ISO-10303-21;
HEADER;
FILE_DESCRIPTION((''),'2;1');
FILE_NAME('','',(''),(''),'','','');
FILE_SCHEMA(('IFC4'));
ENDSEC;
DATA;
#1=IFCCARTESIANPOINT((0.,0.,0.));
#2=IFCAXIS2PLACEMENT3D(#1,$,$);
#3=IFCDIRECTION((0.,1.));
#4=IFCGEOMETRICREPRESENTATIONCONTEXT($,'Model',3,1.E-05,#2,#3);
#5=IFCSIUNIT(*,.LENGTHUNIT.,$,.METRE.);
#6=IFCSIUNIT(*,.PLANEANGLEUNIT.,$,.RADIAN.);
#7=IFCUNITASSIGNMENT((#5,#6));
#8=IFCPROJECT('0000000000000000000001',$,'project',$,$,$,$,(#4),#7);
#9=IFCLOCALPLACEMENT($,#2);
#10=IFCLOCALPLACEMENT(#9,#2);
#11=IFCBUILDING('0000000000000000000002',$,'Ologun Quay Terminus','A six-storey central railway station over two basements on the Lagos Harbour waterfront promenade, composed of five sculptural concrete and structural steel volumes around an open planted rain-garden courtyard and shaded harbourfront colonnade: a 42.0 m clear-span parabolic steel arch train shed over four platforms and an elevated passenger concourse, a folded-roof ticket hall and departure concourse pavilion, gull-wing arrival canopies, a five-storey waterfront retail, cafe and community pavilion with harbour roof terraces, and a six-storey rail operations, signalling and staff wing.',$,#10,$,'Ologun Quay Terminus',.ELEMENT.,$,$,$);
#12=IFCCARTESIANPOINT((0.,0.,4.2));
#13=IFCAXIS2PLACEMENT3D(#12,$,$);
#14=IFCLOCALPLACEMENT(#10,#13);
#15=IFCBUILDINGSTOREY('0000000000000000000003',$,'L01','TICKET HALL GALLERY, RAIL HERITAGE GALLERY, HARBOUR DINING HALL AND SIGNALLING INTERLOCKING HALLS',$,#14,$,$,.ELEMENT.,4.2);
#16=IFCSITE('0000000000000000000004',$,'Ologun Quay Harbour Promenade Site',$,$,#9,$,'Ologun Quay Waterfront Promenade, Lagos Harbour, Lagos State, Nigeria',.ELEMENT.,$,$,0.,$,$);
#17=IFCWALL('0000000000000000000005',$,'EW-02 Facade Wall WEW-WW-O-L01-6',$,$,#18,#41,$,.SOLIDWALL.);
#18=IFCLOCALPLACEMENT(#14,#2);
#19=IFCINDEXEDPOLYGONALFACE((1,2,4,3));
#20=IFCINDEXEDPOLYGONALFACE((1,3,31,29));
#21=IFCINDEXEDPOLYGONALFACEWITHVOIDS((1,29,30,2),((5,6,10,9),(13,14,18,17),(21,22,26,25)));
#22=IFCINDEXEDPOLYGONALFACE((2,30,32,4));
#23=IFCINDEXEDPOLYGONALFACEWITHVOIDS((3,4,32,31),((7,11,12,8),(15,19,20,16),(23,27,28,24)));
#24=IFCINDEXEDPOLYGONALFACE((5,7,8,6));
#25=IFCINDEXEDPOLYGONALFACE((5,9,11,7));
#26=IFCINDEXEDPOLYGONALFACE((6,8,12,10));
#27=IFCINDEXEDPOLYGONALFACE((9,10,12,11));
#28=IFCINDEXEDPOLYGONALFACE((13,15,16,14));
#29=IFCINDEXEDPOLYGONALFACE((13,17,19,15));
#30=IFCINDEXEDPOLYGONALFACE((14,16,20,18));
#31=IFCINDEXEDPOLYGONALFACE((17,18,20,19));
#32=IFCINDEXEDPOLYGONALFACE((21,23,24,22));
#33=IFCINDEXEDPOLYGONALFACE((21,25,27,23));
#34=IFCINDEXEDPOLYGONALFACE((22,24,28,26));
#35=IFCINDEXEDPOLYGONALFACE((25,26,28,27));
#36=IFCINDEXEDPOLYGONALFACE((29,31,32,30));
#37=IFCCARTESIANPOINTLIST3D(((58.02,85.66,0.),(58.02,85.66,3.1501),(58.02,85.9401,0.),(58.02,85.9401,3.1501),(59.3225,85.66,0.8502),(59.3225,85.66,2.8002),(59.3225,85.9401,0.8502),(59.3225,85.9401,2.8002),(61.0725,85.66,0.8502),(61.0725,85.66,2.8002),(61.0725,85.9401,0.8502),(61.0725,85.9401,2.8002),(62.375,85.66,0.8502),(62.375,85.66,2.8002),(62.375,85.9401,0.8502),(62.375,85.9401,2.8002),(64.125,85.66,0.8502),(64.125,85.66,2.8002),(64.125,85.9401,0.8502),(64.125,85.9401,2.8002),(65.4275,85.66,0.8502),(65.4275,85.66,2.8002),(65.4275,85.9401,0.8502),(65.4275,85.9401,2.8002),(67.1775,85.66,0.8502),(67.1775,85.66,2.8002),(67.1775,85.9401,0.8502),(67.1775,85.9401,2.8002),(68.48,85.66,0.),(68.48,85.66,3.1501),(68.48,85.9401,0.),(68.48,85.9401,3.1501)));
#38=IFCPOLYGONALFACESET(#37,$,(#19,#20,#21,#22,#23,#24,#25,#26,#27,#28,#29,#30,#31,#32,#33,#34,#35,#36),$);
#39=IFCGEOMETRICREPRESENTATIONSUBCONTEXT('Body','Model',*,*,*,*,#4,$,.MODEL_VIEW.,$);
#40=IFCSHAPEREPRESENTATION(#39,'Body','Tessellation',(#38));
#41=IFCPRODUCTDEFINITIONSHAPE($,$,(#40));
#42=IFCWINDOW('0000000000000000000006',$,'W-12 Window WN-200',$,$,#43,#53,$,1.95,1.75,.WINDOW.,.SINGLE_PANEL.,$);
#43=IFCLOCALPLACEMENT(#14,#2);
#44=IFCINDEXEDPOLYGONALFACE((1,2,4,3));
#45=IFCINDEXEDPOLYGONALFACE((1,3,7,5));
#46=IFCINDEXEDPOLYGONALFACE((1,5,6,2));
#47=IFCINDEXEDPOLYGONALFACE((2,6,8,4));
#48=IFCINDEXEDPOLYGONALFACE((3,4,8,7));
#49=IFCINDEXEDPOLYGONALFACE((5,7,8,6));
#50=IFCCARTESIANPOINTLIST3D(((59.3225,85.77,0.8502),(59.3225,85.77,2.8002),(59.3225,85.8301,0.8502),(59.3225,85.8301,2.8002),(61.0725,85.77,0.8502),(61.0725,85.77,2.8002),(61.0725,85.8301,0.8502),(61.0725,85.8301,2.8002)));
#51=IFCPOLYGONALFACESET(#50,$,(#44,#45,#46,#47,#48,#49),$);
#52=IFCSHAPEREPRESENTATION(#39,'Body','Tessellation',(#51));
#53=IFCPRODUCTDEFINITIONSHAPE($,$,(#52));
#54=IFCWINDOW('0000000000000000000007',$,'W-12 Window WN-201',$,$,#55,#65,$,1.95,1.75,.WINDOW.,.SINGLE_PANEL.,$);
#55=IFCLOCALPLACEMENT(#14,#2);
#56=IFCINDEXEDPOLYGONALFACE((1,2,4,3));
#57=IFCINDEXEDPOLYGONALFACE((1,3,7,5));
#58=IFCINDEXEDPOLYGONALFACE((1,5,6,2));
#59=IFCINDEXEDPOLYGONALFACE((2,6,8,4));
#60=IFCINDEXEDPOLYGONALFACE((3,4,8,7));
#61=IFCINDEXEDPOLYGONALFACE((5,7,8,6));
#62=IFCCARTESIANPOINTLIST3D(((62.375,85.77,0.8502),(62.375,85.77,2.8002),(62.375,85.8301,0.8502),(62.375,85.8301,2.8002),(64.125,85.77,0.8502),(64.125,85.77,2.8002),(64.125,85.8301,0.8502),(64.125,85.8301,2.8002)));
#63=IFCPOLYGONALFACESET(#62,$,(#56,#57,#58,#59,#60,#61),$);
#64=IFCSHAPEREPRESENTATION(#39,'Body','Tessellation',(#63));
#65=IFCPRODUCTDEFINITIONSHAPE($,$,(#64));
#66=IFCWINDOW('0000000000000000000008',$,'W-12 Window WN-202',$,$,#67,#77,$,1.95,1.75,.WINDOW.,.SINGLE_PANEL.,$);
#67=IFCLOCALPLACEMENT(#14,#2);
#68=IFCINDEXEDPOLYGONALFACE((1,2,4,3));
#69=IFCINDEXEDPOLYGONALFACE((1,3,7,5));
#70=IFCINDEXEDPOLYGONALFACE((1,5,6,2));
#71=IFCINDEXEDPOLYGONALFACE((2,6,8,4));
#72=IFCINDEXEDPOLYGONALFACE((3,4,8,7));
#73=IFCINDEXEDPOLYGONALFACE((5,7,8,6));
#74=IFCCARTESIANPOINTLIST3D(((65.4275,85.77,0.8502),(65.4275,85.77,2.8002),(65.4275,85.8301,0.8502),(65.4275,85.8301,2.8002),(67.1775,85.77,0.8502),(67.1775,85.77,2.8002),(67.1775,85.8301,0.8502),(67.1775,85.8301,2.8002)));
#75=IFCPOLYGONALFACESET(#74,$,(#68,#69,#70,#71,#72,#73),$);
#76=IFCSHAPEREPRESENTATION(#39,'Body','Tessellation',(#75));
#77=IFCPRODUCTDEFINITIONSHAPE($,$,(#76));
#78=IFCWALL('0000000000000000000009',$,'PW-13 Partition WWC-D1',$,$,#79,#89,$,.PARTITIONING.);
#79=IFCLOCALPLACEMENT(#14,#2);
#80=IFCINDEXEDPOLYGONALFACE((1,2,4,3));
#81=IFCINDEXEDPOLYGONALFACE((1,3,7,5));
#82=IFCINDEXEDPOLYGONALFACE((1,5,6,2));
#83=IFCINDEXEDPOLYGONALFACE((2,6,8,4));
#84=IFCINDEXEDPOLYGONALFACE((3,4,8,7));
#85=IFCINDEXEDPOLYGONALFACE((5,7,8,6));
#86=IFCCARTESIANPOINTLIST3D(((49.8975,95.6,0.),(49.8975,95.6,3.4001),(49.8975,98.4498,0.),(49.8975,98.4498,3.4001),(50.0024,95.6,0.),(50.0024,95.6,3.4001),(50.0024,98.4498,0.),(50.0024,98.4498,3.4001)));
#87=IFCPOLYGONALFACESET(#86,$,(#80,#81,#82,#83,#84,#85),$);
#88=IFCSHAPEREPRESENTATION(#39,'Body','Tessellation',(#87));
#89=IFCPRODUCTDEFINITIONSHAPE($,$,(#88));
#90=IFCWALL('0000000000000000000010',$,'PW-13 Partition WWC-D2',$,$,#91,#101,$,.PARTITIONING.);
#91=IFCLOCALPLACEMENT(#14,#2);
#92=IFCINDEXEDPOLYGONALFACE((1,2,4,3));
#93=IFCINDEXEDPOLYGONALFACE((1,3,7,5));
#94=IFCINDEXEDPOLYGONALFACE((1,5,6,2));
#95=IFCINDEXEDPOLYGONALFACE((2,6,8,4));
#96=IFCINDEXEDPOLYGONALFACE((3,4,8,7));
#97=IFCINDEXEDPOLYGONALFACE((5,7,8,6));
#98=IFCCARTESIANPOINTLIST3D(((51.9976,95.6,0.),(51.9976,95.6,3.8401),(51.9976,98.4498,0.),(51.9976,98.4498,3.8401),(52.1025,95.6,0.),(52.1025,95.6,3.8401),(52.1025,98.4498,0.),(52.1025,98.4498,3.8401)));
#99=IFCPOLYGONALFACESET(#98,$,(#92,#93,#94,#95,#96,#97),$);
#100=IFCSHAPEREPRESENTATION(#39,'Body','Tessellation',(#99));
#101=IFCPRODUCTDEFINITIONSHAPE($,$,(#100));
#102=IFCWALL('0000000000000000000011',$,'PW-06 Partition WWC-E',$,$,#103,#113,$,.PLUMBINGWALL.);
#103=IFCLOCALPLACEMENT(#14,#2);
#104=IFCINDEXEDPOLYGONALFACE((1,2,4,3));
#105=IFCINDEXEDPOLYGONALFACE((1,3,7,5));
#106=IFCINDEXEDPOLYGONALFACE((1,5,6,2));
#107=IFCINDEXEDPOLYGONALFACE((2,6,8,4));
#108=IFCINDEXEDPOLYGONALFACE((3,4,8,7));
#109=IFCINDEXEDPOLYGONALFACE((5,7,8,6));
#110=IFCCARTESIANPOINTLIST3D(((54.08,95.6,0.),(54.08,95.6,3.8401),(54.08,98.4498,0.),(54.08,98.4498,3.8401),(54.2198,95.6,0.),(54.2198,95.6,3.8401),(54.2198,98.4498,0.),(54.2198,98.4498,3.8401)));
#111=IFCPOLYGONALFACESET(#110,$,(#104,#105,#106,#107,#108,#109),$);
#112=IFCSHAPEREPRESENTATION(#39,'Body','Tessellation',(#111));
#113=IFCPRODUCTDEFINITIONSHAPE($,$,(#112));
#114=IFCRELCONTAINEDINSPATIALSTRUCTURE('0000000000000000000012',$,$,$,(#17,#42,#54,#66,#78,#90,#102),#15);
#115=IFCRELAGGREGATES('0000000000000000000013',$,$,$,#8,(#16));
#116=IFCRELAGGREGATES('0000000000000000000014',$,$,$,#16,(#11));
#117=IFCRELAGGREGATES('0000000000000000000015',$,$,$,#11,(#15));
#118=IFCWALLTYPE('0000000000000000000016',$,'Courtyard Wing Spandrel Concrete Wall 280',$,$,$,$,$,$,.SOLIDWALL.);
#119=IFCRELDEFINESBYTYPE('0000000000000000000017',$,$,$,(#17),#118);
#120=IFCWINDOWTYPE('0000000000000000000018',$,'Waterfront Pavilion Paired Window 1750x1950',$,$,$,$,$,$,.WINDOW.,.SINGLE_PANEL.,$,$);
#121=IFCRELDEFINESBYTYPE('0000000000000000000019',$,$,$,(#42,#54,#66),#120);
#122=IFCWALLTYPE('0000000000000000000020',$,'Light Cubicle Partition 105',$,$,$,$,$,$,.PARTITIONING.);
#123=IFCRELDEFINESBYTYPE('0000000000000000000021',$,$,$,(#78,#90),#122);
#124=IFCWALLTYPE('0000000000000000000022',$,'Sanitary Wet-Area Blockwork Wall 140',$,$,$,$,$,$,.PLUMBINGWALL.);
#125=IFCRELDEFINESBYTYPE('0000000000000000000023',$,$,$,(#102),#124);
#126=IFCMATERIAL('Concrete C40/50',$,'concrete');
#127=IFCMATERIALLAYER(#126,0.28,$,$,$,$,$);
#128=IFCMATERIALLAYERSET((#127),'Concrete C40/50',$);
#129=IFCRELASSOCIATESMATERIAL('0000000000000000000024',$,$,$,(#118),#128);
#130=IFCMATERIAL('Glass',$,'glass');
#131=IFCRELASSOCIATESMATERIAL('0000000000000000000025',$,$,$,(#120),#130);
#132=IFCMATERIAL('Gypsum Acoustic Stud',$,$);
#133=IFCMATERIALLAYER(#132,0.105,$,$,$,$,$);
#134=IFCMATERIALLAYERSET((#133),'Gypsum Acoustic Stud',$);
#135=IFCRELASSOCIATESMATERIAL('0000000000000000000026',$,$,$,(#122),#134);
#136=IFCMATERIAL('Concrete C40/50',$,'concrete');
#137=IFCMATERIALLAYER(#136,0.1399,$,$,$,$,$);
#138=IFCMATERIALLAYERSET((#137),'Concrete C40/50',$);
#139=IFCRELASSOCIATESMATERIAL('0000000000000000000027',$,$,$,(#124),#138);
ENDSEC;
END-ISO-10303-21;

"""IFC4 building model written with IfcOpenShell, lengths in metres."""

from ifc_helpers import new_model, si_unit, direction, frame, frame_2d, origin, place, context, subcontext, project, spatial, rectangle, extrude, material, layer, layer_set, type_object, element, fill, save


model = new_model("IFC4")

# Units and contexts
model_context = context("Model", 3, precision=1e-05, world=origin(), true_north=direction((0.0, 1.0)))
body_context = subcontext(model_context, "Body", "Model", "MODEL_VIEW")
ifc_project = project(units=[si_unit("LENGTHUNIT", "METRE"), si_unit("PLANEANGLEUNIT", "RADIAN")], contexts=[model_context])

# Site, building, storey
site_placement = place(None, origin())
site = spatial("IfcSite", under=ifc_project, at=site_placement, Name="Ologun Quay Harbour Promenade Site", LongName="Ologun Quay Waterfront Promenade, Lagos Harbour, Lagos State, Nigeria", CompositionType="ELEMENT", RefElevation=0.0)
building_placement = place(site_placement, origin())
building = spatial("IfcBuilding", under=site, at=building_placement, Name="Ologun Quay Terminus", Description="A six-storey central railway station over two basements on the Lagos Harbour waterfront promenade, composed of five sculptural concrete and structural steel volumes around an open planted rain-garden courtyard and shaded harbourfront colonnade: a 42.0 m clear-span parabolic steel arch train shed over four platforms and an elevated passenger concourse, a folded-roof ticket hall and departure concourse pavilion, gull-wing arrival canopies, a five-storey waterfront retail, cafe and community pavilion with harbour roof terraces, and a six-storey rail operations, signalling and staff wing.", LongName="Ologun Quay Terminus", CompositionType="ELEMENT")
storey_placement = place(building_placement, frame((0.0, 0.0, 4.2)))
storey = spatial("IfcBuildingStorey", under=building, at=storey_placement, Name="L01", Description="TICKET HALL GALLERY, RAIL HERITAGE GALLERY, HARBOUR DINING HALL AND SIGNALLING INTERLOCKING HALLS", CompositionType="ELEMENT", Elevation=4.2)

# Wall, openings, windows
ifc_material_1 = material(Name="Concrete C40/50", Category="concrete")
ifc_layer_1 = layer(ifc_material_1, 0.28)
ifc_layer_set_1 = layer_set([ifc_layer_1], Name="Concrete C40/50")
wall_type_1 = type_object("IfcWallType", Name="Courtyard Wing Spandrel Concrete Wall 280", PredefinedType="SOLIDWALL", material=ifc_layer_set_1)
wall_1_placement = place(storey_placement, frame((58.02, 85.8, 0.0), z_axis=(0.0, 0.0, 1.0), x_axis=(1.0, 0.0, 0.0)))
wall_1 = element("IfcWall", 1, at=wall_1_placement, inside=storey, type_object=wall_type_1, Name="EW-02 Facade Wall WEW-WW-O-L01-6", PredefinedType="SOLIDWALL", context=body_context, shape_type="SweptSolid", body=[
    extrude(rectangle(XDim=10.46, YDim=0.28, at=frame_2d((5.23, 0.0))), origin(), (0.0, 0.0, 1.0), 3.1501),
])
opening_1_placement = place(wall_1_placement, frame((1.3025, 0.0, 0.8501)))
opening_1 = element("IfcOpeningElement", 2, at=opening_1_placement, cuts=wall_1, PredefinedType="OPENING", context=body_context, shape_type="SweptSolid", body=[
    extrude(rectangle(XDim=1.75, YDim=1.95, at=frame_2d((0.875, 0.9751))), frame((0.0, 0.1499, 0.0), z_axis=(0.0, -1.0, 0.0), x_axis=(1.0, 0.0, 0.0)), (0.0, 0.0, 1.0), 0.3),
])
opening_2_placement = place(wall_1_placement, frame((4.355, 0.0, 0.8501)))
opening_2 = element("IfcOpeningElement", 3, at=opening_2_placement, cuts=wall_1, PredefinedType="OPENING", context=body_context, shape_type="SweptSolid", body=[
    extrude(rectangle(XDim=1.75, YDim=1.95, at=frame_2d((0.875, 0.9751))), frame((0.0, 0.1499, 0.0), z_axis=(0.0, -1.0, 0.0), x_axis=(1.0, 0.0, 0.0)), (0.0, 0.0, 1.0), 0.3),
])
opening_3_placement = place(wall_1_placement, frame((7.4075, 0.0, 0.8501)))
opening_3 = element("IfcOpeningElement", 4, at=opening_3_placement, cuts=wall_1, PredefinedType="OPENING", context=body_context, shape_type="SweptSolid", body=[
    extrude(rectangle(XDim=1.75, YDim=1.95, at=frame_2d((0.875, 0.9751))), frame((0.0, 0.1499, 0.0), z_axis=(0.0, -1.0, 0.0), x_axis=(1.0, 0.0, 0.0)), (0.0, 0.0, 1.0), 0.3),
])
ifc_material_2 = material(Name="Glass", Category="glass")
window_type = type_object("IfcWindowType", Name="Waterfront Pavilion Paired Window 1750x1950", PartitioningType="SINGLE_PANEL", PredefinedType="WINDOW", material=ifc_material_2)
window_1_placement = place(opening_1_placement, origin())
window_1 = element("IfcWindow", 5, at=window_1_placement, inside=storey, type_object=window_type, Name="W-12 Window WN-200", OverallHeight=1.95, OverallWidth=1.75, PartitioningType="SINGLE_PANEL", PredefinedType="WINDOW", context=body_context, shape_type="SweptSolid", body=[
    extrude(rectangle(XDim=1.75, YDim=1.95, at=frame_2d((0.875, 0.9751))), frame((0.0, 0.03, 0.0), z_axis=(0.0, -1.0, 0.0), x_axis=(1.0, 0.0, 0.0)), (0.0, 0.0, 1.0), 0.0601),
])
fill(opening_1, window_1)
window_2_placement = place(opening_2_placement, origin())
window_2 = element("IfcWindow", 6, at=window_2_placement, inside=storey, type_object=window_type, Name="W-12 Window WN-201", OverallHeight=1.95, OverallWidth=1.75, PartitioningType="SINGLE_PANEL", PredefinedType="WINDOW", context=body_context, shape_type="SweptSolid", body=[
    extrude(rectangle(XDim=1.75, YDim=1.95, at=frame_2d((0.875, 0.9751))), frame((0.0, 0.03, 0.0), z_axis=(0.0, -1.0, 0.0), x_axis=(1.0, 0.0, 0.0)), (0.0, 0.0, 1.0), 0.0601),
])
fill(opening_2, window_2)
window_3_placement = place(opening_3_placement, origin())
window_3 = element("IfcWindow", 7, at=window_3_placement, inside=storey, type_object=window_type, Name="W-12 Window WN-202", OverallHeight=1.95, OverallWidth=1.75, PartitioningType="SINGLE_PANEL", PredefinedType="WINDOW", context=body_context, shape_type="SweptSolid", body=[
    extrude(rectangle(XDim=1.75, YDim=1.95, at=frame_2d((0.875, 0.9751))), frame((0.0, 0.03, 0.0), z_axis=(0.0, -1.0, 0.0), x_axis=(1.0, 0.0, 0.0)), (0.0, 0.0, 1.0), 0.0601),
])
fill(opening_3, window_3)

# Walls
ifc_material_3 = material(Name="Gypsum Acoustic Stud")
ifc_layer_2 = layer(ifc_material_3, 0.105)
ifc_layer_set_2 = layer_set([ifc_layer_2], Name="Gypsum Acoustic Stud")
wall_type_2 = type_object("IfcWallType", Name="Light Cubicle Partition 105", PredefinedType="PARTITIONING", material=ifc_layer_set_2)
wall_2_placement = place(storey_placement, frame((49.95, 95.6001, 0.0), z_axis=(0.0, 0.0, 1.0), x_axis=(0.0, 1.0, 0.0)))
element("IfcWall", 8, at=wall_2_placement, inside=storey, type_object=wall_type_2, Name="PW-13 Partition WWC-D1", PredefinedType="PARTITIONING", context=body_context, shape_type="SweptSolid", body=[
    extrude(rectangle(XDim=2.8499, YDim=0.105, at=frame_2d((1.4248, 0.0))), origin(), (0.0, 0.0, 1.0), 3.4001),
])
wall_3_placement = place(storey_placement, frame((52.05, 95.6001, 0.0), z_axis=(0.0, 0.0, 1.0), x_axis=(0.0, 1.0, 0.0)))
element("IfcWall", 9, at=wall_3_placement, inside=storey, type_object=wall_type_2, Name="PW-13 Partition WWC-D2", PredefinedType="PARTITIONING", context=body_context, shape_type="SweptSolid", body=[
    extrude(rectangle(XDim=2.8499, YDim=0.105, at=frame_2d((1.4248, 0.0))), origin(), (0.0, 0.0, 1.0), 3.8401),
])
ifc_material_4 = material(Name="Concrete C40/50", Category="concrete")
ifc_layer_3 = layer(ifc_material_4, 0.1399)
ifc_layer_set_3 = layer_set([ifc_layer_3], Name="Concrete C40/50")
wall_type_3 = type_object("IfcWallType", Name="Sanitary Wet-Area Blockwork Wall 140", PredefinedType="PLUMBINGWALL", material=ifc_layer_set_3)
wall_4_placement = place(storey_placement, frame((54.1499, 95.6001, 0.0), z_axis=(0.0, 0.0, 1.0), x_axis=(0.0, 1.0, 0.0)))
element("IfcWall", 10, at=wall_4_placement, inside=storey, type_object=wall_type_3, Name="PW-06 Partition WWC-E", PredefinedType="PLUMBINGWALL", context=body_context, shape_type="SweptSolid", body=[
    extrude(rectangle(XDim=2.8499, YDim=0.1399, at=frame_2d((1.4248, 0.0))), origin(), (0.0, 0.0, 1.0), 3.8401),
])

save(model, "model.ifc")
